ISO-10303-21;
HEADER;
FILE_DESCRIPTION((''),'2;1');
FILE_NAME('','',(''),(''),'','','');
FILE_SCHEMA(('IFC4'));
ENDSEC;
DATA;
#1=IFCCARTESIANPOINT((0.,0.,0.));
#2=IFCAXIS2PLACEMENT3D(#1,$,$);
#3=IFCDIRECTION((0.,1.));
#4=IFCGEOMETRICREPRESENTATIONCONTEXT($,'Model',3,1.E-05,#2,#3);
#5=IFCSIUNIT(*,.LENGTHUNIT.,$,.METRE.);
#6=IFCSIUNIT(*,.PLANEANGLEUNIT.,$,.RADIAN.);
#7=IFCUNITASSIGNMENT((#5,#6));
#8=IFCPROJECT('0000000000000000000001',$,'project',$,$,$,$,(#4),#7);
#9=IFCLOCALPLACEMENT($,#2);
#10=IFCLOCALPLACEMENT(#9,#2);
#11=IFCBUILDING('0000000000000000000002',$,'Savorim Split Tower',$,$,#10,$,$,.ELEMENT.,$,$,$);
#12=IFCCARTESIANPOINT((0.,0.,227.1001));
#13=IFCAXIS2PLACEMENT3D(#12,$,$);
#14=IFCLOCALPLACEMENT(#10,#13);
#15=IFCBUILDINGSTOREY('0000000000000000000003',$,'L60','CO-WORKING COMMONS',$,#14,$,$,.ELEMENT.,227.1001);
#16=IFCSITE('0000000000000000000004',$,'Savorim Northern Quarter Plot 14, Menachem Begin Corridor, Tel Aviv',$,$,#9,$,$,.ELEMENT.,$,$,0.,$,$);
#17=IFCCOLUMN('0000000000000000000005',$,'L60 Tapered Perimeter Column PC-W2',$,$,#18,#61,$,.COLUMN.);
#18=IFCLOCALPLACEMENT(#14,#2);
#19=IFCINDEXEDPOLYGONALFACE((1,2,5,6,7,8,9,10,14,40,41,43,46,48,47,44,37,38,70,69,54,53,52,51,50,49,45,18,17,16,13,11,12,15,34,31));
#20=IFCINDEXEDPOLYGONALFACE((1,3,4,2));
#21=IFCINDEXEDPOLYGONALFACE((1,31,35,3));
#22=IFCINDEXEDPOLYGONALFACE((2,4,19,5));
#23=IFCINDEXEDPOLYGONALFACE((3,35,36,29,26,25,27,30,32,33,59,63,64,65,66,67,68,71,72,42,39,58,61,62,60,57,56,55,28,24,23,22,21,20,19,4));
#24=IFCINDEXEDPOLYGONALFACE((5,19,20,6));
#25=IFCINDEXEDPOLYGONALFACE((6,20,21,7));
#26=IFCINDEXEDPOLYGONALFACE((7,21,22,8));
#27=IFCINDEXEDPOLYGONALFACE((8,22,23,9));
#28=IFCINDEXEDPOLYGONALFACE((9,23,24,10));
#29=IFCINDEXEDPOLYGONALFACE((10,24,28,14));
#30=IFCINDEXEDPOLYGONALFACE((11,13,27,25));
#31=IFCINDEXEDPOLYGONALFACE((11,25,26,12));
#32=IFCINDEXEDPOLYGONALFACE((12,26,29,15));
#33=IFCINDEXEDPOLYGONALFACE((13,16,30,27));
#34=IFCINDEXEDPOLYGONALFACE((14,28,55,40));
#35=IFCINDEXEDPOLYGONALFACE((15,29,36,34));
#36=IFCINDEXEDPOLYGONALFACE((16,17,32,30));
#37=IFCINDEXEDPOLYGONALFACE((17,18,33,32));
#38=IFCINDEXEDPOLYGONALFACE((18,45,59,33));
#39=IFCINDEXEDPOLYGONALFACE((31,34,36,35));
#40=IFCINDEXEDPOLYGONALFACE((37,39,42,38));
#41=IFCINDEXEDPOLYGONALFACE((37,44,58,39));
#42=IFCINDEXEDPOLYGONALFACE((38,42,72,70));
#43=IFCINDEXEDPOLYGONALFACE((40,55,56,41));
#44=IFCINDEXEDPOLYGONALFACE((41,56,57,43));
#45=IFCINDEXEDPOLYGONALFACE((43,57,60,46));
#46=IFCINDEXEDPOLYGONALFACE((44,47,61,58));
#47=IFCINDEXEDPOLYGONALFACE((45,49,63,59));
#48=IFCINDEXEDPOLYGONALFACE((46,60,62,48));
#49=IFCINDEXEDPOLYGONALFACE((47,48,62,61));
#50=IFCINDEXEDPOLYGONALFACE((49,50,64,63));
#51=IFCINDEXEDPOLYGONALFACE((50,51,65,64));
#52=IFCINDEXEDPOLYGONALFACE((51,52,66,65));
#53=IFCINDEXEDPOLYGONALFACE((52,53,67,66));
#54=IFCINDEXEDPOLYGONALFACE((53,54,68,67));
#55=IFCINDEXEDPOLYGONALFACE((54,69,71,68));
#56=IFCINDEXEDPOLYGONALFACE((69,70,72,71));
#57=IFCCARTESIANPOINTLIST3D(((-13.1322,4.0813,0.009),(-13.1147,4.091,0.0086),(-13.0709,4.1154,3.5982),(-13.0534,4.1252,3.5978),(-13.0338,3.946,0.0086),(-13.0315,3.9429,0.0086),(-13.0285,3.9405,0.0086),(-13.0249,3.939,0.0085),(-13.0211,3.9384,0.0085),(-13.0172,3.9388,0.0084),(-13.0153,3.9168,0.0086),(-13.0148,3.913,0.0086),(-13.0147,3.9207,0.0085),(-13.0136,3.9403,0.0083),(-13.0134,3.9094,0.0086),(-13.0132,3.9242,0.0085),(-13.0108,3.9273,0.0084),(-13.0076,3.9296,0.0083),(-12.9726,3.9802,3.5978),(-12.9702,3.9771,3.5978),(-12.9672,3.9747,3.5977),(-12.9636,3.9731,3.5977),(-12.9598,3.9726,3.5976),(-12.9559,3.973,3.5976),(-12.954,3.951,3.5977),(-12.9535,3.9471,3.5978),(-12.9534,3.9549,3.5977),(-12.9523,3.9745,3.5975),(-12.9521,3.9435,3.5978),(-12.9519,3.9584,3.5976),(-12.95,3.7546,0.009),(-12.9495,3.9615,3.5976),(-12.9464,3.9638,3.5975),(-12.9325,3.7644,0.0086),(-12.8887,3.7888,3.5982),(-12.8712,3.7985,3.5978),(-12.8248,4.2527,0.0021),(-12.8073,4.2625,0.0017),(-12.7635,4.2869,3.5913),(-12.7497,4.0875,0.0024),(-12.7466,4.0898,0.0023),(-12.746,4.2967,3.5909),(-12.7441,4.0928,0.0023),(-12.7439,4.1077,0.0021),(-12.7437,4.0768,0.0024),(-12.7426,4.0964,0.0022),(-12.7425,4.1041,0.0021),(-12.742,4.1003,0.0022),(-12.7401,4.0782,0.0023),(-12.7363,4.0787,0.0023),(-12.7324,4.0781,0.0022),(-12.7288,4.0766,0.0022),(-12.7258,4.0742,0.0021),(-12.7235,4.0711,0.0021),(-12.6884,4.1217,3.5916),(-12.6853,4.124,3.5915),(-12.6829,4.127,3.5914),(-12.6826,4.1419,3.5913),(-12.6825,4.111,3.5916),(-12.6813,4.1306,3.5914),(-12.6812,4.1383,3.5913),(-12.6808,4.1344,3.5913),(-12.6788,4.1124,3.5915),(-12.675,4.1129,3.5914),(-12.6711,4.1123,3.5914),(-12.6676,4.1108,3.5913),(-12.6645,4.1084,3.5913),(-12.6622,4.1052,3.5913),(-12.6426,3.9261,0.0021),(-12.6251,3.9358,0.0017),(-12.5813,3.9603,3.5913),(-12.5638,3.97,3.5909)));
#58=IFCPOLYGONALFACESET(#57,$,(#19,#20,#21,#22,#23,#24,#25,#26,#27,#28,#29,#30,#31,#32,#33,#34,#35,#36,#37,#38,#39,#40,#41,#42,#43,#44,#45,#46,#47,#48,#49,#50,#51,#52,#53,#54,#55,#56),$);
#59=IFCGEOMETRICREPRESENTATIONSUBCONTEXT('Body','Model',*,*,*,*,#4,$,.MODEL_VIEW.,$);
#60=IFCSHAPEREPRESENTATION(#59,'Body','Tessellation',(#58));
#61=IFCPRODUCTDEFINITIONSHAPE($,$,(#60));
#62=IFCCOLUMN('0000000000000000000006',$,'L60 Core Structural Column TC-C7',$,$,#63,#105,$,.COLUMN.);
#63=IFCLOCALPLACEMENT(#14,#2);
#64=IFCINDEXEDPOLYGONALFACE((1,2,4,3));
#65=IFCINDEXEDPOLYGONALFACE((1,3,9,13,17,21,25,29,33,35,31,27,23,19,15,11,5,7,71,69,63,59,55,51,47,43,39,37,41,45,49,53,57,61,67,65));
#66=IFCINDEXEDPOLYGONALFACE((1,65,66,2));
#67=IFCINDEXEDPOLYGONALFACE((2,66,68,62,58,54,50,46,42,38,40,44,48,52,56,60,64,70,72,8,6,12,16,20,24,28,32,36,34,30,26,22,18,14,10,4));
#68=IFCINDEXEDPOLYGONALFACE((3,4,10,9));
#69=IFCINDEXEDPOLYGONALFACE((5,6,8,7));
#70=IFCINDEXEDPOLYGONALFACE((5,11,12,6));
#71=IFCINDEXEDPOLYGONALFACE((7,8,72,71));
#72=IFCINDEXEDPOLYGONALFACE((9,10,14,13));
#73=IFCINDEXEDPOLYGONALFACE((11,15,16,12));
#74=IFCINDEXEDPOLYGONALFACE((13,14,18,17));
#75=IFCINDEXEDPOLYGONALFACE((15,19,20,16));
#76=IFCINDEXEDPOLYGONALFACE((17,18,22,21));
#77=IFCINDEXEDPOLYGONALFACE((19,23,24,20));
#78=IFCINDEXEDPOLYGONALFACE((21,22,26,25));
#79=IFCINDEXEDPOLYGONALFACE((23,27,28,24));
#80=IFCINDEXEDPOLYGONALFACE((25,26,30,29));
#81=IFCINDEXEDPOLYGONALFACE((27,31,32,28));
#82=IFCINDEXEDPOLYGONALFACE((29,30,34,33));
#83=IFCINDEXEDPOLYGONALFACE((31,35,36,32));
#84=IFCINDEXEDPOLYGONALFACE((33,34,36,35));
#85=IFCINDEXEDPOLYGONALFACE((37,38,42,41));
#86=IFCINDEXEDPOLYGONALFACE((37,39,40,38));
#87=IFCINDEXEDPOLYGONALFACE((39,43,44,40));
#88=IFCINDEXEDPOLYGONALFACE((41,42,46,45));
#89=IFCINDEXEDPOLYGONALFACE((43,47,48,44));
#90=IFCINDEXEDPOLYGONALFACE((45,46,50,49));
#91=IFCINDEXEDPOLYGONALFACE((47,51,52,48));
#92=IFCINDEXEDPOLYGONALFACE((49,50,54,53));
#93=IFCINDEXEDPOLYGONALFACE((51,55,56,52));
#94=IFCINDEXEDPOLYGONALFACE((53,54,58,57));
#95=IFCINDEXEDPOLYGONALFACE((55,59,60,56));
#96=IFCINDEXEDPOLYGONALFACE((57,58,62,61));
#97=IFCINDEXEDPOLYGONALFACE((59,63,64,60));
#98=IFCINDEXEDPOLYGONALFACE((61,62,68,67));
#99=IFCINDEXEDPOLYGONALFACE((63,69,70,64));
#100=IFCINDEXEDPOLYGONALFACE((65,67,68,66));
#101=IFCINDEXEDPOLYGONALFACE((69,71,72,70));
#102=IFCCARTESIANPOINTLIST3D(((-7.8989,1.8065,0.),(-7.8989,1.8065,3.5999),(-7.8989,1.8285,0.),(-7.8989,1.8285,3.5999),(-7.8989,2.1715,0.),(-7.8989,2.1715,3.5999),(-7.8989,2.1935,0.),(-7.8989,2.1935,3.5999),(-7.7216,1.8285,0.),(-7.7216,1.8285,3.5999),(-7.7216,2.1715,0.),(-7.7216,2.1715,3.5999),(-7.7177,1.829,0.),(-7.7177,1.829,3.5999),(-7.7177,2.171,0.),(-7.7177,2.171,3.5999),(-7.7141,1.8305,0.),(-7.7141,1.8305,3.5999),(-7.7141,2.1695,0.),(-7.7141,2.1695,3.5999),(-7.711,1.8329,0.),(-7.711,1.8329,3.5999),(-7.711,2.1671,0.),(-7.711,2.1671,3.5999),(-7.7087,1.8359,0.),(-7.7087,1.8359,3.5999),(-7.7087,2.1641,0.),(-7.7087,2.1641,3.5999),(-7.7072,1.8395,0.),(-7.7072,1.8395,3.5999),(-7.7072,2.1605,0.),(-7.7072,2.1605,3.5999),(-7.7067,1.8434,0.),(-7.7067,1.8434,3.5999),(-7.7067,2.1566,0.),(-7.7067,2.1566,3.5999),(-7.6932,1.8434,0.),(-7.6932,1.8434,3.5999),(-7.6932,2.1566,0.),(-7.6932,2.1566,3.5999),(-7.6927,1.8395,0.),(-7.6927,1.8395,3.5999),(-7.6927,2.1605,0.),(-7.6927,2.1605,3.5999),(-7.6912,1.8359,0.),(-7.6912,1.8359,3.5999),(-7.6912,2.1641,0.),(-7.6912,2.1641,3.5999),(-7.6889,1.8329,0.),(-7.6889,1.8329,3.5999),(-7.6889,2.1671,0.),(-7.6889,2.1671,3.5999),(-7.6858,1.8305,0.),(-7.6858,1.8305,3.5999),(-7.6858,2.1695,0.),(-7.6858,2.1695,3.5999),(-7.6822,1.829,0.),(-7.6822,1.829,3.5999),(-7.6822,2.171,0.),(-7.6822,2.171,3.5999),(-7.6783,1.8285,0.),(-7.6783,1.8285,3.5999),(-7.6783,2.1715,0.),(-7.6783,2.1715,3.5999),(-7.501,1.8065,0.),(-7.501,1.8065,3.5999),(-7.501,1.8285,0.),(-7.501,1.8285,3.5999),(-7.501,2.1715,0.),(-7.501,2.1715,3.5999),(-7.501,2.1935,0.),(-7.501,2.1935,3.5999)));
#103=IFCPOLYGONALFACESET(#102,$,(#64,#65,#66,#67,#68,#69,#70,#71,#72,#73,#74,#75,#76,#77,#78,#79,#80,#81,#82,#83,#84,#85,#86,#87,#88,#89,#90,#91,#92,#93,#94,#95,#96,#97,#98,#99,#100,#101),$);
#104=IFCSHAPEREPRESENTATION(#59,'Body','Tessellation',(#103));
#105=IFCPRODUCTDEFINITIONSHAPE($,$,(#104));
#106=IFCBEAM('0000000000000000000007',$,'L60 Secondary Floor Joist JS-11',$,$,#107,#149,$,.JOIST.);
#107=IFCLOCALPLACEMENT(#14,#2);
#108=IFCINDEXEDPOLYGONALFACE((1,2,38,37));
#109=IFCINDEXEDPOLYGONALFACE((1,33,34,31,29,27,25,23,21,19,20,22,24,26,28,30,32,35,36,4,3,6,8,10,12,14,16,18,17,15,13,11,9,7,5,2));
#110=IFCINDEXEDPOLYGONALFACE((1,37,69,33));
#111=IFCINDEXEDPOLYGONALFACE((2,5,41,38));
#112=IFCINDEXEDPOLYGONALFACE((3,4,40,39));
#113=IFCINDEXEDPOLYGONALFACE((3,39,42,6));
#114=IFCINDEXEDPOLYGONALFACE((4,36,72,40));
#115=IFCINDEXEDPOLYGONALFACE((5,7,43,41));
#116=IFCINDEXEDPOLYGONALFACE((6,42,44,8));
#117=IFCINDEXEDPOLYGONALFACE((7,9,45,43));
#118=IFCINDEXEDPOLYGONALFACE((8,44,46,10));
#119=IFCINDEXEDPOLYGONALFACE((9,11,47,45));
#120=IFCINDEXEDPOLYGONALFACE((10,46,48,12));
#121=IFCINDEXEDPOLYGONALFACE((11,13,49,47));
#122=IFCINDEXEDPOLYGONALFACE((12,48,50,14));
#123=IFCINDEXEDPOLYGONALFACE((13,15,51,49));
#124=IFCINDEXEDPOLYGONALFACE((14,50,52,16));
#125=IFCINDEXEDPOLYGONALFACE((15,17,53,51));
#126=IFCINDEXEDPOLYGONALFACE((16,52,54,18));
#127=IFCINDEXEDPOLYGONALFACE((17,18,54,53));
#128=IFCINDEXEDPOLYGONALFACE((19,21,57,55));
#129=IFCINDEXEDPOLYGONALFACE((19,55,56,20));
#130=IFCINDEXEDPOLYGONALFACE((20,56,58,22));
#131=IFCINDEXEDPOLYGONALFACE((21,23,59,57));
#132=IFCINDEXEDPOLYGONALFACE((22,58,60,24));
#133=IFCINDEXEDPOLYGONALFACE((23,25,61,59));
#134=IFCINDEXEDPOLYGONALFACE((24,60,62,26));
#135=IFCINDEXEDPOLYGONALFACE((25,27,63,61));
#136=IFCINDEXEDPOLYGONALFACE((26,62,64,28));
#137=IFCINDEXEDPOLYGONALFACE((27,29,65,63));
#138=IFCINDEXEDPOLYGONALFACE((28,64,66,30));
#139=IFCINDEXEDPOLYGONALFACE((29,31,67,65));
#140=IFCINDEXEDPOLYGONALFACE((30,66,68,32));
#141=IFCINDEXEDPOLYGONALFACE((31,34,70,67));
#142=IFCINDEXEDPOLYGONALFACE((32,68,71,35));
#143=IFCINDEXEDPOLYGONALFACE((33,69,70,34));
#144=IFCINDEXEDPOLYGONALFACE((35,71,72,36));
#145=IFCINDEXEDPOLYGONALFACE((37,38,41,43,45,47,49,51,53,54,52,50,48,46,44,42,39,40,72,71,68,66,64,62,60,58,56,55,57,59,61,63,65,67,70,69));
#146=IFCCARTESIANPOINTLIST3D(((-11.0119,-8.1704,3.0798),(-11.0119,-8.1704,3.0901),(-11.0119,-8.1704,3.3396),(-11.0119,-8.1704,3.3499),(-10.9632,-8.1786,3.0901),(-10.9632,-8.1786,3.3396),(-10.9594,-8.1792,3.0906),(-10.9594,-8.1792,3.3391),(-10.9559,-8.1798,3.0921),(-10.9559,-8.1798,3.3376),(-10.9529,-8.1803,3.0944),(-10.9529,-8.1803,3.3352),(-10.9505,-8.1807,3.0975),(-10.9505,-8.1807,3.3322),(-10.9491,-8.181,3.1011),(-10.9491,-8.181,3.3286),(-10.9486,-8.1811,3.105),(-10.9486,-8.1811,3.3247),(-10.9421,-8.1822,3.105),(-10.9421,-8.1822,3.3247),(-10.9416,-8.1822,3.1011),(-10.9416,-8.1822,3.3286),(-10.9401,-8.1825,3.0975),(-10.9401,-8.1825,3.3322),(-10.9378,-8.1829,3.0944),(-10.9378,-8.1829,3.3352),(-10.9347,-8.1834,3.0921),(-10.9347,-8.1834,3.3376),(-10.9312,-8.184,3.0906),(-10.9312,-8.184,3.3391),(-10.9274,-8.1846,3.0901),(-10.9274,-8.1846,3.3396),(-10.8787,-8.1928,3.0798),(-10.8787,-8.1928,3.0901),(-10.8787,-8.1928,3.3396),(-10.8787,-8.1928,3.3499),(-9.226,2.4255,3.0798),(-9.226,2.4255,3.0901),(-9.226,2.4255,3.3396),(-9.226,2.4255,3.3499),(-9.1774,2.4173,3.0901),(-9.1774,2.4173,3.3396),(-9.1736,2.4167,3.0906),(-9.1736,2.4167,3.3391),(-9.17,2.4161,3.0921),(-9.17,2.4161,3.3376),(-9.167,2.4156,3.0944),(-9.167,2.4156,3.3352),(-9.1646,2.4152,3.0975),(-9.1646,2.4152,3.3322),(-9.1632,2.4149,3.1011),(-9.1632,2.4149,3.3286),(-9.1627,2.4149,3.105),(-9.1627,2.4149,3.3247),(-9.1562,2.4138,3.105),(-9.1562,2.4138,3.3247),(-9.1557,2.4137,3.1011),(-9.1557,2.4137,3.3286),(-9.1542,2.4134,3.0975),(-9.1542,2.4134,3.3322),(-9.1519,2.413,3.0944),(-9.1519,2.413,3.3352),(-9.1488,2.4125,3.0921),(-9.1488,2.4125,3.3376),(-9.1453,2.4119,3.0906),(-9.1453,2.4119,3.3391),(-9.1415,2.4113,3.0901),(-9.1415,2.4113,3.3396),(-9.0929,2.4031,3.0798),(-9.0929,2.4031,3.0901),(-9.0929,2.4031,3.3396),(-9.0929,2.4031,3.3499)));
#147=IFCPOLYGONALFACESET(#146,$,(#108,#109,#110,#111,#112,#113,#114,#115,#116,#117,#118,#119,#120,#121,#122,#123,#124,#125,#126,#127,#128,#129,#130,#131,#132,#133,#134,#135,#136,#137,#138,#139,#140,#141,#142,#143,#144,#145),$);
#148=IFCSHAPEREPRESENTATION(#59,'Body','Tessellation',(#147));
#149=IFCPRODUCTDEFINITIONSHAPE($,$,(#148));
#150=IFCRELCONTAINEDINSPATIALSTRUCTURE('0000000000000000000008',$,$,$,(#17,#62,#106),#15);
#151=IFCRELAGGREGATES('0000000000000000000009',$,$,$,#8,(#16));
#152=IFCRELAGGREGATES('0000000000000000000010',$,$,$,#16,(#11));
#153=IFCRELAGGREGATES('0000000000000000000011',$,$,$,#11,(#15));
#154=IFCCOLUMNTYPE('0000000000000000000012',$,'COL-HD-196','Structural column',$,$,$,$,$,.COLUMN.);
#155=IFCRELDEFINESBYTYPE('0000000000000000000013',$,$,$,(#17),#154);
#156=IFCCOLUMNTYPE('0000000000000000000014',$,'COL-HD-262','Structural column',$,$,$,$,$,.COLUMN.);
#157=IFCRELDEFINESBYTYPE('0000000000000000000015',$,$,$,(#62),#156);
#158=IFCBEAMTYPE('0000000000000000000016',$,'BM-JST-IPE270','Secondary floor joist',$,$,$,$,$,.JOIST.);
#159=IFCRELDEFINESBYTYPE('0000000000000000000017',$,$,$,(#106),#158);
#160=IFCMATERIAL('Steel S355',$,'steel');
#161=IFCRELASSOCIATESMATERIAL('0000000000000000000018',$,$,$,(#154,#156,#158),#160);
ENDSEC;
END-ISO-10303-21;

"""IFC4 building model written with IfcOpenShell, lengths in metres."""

from ifc_helpers import new_model, si_unit, direction, frame, origin, origin_2d, place, context, subcontext, project, spatial, i_section, extrude, material, material_profile, profile_set, type_object, element, save


model = new_model("IFC4")

# Units and contexts
model_context = context("Model", 3, precision=1e-05, world=origin(), true_north=direction((0.0, 1.0)))
body_context = subcontext(model_context, "Body", "Model", "MODEL_VIEW")
ifc_project = project(units=[si_unit("LENGTHUNIT", "METRE"), si_unit("PLANEANGLEUNIT", "RADIAN")], contexts=[model_context])

# Site, building, storey
site_placement = place(None, origin())
site = spatial("IfcSite", under=ifc_project, at=site_placement, Name="Savorim Northern Quarter Plot 14, Menachem Begin Corridor, Tel Aviv", CompositionType="ELEMENT", RefElevation=0.0)
building_placement = place(site_placement, origin())
building = spatial("IfcBuilding", under=site, at=building_placement, Name="Savorim Split Tower", CompositionType="ELEMENT")
storey_placement = place(building_placement, frame((0.0, 0.0, 227.1001)))
storey = spatial("IfcBuildingStorey", under=building, at=storey_placement, Name="L60", Description="CO-WORKING COMMONS", CompositionType="ELEMENT", Elevation=227.1001)

# Columns
ifc_material_1 = material(Name="Steel S355", Category="steel")
ifc_material_profile_1 = material_profile(ifc_material_1, i_section(OverallWidth=0.374, OverallDepth=0.3721, WebThickness=0.0122, FlangeThickness=0.02, FilletRadius=0.0149, at=origin_2d()), Name="HD 360x196")
ifc_profile_set_1 = profile_set([ifc_material_profile_1], Name="Steel S355")
column_type_1 = type_object("IfcColumnType", Name="COL-HD-196", Description="Structural column", PredefinedType="COLUMN", material=ifc_profile_set_1)
column_1_placement = place(storey_placement, frame((-12.8787, 4.0085, 0.0054), z_axis=(0.01707, 0.009521, 0.999809), x_axis=(-0.487119, 0.873335, 0.0)))
element("IfcColumn", 1, at=column_1_placement, inside=storey, type_object=column_type_1, Name="L60 Tapered Perimeter Column PC-W2", PredefinedType="COLUMN", context=body_context, shape_type="SweptSolid", body=[
    extrude(i_section(OverallWidth=0.374, OverallDepth=0.3721, WebThickness=0.0122, FlangeThickness=0.02, FilletRadius=0.0149, at=origin_2d()), origin(), (0.0, 0.0, 1.0), 3.5898),
])
ifc_material_profile_2 = material_profile(ifc_material_1, i_section(OverallWidth=0.3979, OverallDepth=0.387, WebThickness=0.0134, FlangeThickness=0.022, FilletRadius=0.0149, at=origin_2d()), Name="HD 400x262")
ifc_profile_set_2 = profile_set([ifc_material_profile_2], Name="Steel S355")
column_type_2 = type_object("IfcColumnType", Name="COL-HD-262", Description="Structural column", PredefinedType="COLUMN", material=ifc_profile_set_2)
column_2_placement = place(storey_placement, frame((-7.7, 2.0, 0.0), z_axis=(0.0, 0.0, 1.0), x_axis=(1.0, 0.0, 0.0)))
element("IfcColumn", 2, at=column_2_placement, inside=storey, type_object=column_type_2, Name="L60 Core Structural Column TC-C7", PredefinedType="COLUMN", context=body_context, shape_type="SweptSolid", body=[
    extrude(i_section(OverallWidth=0.3979, OverallDepth=0.387, WebThickness=0.0134, FlangeThickness=0.022, FilletRadius=0.0149, at=origin_2d()), origin(), (0.0, 0.0, 1.0), 3.5999),
])

# Beam
ifc_material_profile_3 = material_profile(ifc_material_1, i_section(OverallWidth=0.135, OverallDepth=0.27, WebThickness=0.0066, FlangeThickness=0.0103, FilletRadius=0.0149, at=origin_2d()), Name="IPE 270")
ifc_profile_set_3 = profile_set([ifc_material_profile_3], Name="Steel S355")
beam_type_1 = type_object("IfcBeamType", Name="BM-JST-IPE270", Description="Secondary floor joist", PredefinedType="JOIST", material=ifc_profile_set_3)
beam_1_placement = place(storey_placement, frame((-9.1594, 2.4143, 3.2148), z_axis=(-0.1662, -0.986092, 0.0), x_axis=(0.986092, -0.1662, 0.0)))
element("IfcBeam", 3, at=beam_1_placement, inside=storey, type_object=beam_type_1, Name="L60 Secondary Floor Joist JS-11", PredefinedType="JOIST", context=body_context, shape_type="SweptSolid", body=[
    extrude(i_section(OverallWidth=0.135, OverallDepth=0.27, WebThickness=0.0066, FlangeThickness=0.0103, FilletRadius=0.0149, at=origin_2d()), origin(), (0.0, 0.0, 1.0), 10.7454),
])

save(model, "model.ifc")
